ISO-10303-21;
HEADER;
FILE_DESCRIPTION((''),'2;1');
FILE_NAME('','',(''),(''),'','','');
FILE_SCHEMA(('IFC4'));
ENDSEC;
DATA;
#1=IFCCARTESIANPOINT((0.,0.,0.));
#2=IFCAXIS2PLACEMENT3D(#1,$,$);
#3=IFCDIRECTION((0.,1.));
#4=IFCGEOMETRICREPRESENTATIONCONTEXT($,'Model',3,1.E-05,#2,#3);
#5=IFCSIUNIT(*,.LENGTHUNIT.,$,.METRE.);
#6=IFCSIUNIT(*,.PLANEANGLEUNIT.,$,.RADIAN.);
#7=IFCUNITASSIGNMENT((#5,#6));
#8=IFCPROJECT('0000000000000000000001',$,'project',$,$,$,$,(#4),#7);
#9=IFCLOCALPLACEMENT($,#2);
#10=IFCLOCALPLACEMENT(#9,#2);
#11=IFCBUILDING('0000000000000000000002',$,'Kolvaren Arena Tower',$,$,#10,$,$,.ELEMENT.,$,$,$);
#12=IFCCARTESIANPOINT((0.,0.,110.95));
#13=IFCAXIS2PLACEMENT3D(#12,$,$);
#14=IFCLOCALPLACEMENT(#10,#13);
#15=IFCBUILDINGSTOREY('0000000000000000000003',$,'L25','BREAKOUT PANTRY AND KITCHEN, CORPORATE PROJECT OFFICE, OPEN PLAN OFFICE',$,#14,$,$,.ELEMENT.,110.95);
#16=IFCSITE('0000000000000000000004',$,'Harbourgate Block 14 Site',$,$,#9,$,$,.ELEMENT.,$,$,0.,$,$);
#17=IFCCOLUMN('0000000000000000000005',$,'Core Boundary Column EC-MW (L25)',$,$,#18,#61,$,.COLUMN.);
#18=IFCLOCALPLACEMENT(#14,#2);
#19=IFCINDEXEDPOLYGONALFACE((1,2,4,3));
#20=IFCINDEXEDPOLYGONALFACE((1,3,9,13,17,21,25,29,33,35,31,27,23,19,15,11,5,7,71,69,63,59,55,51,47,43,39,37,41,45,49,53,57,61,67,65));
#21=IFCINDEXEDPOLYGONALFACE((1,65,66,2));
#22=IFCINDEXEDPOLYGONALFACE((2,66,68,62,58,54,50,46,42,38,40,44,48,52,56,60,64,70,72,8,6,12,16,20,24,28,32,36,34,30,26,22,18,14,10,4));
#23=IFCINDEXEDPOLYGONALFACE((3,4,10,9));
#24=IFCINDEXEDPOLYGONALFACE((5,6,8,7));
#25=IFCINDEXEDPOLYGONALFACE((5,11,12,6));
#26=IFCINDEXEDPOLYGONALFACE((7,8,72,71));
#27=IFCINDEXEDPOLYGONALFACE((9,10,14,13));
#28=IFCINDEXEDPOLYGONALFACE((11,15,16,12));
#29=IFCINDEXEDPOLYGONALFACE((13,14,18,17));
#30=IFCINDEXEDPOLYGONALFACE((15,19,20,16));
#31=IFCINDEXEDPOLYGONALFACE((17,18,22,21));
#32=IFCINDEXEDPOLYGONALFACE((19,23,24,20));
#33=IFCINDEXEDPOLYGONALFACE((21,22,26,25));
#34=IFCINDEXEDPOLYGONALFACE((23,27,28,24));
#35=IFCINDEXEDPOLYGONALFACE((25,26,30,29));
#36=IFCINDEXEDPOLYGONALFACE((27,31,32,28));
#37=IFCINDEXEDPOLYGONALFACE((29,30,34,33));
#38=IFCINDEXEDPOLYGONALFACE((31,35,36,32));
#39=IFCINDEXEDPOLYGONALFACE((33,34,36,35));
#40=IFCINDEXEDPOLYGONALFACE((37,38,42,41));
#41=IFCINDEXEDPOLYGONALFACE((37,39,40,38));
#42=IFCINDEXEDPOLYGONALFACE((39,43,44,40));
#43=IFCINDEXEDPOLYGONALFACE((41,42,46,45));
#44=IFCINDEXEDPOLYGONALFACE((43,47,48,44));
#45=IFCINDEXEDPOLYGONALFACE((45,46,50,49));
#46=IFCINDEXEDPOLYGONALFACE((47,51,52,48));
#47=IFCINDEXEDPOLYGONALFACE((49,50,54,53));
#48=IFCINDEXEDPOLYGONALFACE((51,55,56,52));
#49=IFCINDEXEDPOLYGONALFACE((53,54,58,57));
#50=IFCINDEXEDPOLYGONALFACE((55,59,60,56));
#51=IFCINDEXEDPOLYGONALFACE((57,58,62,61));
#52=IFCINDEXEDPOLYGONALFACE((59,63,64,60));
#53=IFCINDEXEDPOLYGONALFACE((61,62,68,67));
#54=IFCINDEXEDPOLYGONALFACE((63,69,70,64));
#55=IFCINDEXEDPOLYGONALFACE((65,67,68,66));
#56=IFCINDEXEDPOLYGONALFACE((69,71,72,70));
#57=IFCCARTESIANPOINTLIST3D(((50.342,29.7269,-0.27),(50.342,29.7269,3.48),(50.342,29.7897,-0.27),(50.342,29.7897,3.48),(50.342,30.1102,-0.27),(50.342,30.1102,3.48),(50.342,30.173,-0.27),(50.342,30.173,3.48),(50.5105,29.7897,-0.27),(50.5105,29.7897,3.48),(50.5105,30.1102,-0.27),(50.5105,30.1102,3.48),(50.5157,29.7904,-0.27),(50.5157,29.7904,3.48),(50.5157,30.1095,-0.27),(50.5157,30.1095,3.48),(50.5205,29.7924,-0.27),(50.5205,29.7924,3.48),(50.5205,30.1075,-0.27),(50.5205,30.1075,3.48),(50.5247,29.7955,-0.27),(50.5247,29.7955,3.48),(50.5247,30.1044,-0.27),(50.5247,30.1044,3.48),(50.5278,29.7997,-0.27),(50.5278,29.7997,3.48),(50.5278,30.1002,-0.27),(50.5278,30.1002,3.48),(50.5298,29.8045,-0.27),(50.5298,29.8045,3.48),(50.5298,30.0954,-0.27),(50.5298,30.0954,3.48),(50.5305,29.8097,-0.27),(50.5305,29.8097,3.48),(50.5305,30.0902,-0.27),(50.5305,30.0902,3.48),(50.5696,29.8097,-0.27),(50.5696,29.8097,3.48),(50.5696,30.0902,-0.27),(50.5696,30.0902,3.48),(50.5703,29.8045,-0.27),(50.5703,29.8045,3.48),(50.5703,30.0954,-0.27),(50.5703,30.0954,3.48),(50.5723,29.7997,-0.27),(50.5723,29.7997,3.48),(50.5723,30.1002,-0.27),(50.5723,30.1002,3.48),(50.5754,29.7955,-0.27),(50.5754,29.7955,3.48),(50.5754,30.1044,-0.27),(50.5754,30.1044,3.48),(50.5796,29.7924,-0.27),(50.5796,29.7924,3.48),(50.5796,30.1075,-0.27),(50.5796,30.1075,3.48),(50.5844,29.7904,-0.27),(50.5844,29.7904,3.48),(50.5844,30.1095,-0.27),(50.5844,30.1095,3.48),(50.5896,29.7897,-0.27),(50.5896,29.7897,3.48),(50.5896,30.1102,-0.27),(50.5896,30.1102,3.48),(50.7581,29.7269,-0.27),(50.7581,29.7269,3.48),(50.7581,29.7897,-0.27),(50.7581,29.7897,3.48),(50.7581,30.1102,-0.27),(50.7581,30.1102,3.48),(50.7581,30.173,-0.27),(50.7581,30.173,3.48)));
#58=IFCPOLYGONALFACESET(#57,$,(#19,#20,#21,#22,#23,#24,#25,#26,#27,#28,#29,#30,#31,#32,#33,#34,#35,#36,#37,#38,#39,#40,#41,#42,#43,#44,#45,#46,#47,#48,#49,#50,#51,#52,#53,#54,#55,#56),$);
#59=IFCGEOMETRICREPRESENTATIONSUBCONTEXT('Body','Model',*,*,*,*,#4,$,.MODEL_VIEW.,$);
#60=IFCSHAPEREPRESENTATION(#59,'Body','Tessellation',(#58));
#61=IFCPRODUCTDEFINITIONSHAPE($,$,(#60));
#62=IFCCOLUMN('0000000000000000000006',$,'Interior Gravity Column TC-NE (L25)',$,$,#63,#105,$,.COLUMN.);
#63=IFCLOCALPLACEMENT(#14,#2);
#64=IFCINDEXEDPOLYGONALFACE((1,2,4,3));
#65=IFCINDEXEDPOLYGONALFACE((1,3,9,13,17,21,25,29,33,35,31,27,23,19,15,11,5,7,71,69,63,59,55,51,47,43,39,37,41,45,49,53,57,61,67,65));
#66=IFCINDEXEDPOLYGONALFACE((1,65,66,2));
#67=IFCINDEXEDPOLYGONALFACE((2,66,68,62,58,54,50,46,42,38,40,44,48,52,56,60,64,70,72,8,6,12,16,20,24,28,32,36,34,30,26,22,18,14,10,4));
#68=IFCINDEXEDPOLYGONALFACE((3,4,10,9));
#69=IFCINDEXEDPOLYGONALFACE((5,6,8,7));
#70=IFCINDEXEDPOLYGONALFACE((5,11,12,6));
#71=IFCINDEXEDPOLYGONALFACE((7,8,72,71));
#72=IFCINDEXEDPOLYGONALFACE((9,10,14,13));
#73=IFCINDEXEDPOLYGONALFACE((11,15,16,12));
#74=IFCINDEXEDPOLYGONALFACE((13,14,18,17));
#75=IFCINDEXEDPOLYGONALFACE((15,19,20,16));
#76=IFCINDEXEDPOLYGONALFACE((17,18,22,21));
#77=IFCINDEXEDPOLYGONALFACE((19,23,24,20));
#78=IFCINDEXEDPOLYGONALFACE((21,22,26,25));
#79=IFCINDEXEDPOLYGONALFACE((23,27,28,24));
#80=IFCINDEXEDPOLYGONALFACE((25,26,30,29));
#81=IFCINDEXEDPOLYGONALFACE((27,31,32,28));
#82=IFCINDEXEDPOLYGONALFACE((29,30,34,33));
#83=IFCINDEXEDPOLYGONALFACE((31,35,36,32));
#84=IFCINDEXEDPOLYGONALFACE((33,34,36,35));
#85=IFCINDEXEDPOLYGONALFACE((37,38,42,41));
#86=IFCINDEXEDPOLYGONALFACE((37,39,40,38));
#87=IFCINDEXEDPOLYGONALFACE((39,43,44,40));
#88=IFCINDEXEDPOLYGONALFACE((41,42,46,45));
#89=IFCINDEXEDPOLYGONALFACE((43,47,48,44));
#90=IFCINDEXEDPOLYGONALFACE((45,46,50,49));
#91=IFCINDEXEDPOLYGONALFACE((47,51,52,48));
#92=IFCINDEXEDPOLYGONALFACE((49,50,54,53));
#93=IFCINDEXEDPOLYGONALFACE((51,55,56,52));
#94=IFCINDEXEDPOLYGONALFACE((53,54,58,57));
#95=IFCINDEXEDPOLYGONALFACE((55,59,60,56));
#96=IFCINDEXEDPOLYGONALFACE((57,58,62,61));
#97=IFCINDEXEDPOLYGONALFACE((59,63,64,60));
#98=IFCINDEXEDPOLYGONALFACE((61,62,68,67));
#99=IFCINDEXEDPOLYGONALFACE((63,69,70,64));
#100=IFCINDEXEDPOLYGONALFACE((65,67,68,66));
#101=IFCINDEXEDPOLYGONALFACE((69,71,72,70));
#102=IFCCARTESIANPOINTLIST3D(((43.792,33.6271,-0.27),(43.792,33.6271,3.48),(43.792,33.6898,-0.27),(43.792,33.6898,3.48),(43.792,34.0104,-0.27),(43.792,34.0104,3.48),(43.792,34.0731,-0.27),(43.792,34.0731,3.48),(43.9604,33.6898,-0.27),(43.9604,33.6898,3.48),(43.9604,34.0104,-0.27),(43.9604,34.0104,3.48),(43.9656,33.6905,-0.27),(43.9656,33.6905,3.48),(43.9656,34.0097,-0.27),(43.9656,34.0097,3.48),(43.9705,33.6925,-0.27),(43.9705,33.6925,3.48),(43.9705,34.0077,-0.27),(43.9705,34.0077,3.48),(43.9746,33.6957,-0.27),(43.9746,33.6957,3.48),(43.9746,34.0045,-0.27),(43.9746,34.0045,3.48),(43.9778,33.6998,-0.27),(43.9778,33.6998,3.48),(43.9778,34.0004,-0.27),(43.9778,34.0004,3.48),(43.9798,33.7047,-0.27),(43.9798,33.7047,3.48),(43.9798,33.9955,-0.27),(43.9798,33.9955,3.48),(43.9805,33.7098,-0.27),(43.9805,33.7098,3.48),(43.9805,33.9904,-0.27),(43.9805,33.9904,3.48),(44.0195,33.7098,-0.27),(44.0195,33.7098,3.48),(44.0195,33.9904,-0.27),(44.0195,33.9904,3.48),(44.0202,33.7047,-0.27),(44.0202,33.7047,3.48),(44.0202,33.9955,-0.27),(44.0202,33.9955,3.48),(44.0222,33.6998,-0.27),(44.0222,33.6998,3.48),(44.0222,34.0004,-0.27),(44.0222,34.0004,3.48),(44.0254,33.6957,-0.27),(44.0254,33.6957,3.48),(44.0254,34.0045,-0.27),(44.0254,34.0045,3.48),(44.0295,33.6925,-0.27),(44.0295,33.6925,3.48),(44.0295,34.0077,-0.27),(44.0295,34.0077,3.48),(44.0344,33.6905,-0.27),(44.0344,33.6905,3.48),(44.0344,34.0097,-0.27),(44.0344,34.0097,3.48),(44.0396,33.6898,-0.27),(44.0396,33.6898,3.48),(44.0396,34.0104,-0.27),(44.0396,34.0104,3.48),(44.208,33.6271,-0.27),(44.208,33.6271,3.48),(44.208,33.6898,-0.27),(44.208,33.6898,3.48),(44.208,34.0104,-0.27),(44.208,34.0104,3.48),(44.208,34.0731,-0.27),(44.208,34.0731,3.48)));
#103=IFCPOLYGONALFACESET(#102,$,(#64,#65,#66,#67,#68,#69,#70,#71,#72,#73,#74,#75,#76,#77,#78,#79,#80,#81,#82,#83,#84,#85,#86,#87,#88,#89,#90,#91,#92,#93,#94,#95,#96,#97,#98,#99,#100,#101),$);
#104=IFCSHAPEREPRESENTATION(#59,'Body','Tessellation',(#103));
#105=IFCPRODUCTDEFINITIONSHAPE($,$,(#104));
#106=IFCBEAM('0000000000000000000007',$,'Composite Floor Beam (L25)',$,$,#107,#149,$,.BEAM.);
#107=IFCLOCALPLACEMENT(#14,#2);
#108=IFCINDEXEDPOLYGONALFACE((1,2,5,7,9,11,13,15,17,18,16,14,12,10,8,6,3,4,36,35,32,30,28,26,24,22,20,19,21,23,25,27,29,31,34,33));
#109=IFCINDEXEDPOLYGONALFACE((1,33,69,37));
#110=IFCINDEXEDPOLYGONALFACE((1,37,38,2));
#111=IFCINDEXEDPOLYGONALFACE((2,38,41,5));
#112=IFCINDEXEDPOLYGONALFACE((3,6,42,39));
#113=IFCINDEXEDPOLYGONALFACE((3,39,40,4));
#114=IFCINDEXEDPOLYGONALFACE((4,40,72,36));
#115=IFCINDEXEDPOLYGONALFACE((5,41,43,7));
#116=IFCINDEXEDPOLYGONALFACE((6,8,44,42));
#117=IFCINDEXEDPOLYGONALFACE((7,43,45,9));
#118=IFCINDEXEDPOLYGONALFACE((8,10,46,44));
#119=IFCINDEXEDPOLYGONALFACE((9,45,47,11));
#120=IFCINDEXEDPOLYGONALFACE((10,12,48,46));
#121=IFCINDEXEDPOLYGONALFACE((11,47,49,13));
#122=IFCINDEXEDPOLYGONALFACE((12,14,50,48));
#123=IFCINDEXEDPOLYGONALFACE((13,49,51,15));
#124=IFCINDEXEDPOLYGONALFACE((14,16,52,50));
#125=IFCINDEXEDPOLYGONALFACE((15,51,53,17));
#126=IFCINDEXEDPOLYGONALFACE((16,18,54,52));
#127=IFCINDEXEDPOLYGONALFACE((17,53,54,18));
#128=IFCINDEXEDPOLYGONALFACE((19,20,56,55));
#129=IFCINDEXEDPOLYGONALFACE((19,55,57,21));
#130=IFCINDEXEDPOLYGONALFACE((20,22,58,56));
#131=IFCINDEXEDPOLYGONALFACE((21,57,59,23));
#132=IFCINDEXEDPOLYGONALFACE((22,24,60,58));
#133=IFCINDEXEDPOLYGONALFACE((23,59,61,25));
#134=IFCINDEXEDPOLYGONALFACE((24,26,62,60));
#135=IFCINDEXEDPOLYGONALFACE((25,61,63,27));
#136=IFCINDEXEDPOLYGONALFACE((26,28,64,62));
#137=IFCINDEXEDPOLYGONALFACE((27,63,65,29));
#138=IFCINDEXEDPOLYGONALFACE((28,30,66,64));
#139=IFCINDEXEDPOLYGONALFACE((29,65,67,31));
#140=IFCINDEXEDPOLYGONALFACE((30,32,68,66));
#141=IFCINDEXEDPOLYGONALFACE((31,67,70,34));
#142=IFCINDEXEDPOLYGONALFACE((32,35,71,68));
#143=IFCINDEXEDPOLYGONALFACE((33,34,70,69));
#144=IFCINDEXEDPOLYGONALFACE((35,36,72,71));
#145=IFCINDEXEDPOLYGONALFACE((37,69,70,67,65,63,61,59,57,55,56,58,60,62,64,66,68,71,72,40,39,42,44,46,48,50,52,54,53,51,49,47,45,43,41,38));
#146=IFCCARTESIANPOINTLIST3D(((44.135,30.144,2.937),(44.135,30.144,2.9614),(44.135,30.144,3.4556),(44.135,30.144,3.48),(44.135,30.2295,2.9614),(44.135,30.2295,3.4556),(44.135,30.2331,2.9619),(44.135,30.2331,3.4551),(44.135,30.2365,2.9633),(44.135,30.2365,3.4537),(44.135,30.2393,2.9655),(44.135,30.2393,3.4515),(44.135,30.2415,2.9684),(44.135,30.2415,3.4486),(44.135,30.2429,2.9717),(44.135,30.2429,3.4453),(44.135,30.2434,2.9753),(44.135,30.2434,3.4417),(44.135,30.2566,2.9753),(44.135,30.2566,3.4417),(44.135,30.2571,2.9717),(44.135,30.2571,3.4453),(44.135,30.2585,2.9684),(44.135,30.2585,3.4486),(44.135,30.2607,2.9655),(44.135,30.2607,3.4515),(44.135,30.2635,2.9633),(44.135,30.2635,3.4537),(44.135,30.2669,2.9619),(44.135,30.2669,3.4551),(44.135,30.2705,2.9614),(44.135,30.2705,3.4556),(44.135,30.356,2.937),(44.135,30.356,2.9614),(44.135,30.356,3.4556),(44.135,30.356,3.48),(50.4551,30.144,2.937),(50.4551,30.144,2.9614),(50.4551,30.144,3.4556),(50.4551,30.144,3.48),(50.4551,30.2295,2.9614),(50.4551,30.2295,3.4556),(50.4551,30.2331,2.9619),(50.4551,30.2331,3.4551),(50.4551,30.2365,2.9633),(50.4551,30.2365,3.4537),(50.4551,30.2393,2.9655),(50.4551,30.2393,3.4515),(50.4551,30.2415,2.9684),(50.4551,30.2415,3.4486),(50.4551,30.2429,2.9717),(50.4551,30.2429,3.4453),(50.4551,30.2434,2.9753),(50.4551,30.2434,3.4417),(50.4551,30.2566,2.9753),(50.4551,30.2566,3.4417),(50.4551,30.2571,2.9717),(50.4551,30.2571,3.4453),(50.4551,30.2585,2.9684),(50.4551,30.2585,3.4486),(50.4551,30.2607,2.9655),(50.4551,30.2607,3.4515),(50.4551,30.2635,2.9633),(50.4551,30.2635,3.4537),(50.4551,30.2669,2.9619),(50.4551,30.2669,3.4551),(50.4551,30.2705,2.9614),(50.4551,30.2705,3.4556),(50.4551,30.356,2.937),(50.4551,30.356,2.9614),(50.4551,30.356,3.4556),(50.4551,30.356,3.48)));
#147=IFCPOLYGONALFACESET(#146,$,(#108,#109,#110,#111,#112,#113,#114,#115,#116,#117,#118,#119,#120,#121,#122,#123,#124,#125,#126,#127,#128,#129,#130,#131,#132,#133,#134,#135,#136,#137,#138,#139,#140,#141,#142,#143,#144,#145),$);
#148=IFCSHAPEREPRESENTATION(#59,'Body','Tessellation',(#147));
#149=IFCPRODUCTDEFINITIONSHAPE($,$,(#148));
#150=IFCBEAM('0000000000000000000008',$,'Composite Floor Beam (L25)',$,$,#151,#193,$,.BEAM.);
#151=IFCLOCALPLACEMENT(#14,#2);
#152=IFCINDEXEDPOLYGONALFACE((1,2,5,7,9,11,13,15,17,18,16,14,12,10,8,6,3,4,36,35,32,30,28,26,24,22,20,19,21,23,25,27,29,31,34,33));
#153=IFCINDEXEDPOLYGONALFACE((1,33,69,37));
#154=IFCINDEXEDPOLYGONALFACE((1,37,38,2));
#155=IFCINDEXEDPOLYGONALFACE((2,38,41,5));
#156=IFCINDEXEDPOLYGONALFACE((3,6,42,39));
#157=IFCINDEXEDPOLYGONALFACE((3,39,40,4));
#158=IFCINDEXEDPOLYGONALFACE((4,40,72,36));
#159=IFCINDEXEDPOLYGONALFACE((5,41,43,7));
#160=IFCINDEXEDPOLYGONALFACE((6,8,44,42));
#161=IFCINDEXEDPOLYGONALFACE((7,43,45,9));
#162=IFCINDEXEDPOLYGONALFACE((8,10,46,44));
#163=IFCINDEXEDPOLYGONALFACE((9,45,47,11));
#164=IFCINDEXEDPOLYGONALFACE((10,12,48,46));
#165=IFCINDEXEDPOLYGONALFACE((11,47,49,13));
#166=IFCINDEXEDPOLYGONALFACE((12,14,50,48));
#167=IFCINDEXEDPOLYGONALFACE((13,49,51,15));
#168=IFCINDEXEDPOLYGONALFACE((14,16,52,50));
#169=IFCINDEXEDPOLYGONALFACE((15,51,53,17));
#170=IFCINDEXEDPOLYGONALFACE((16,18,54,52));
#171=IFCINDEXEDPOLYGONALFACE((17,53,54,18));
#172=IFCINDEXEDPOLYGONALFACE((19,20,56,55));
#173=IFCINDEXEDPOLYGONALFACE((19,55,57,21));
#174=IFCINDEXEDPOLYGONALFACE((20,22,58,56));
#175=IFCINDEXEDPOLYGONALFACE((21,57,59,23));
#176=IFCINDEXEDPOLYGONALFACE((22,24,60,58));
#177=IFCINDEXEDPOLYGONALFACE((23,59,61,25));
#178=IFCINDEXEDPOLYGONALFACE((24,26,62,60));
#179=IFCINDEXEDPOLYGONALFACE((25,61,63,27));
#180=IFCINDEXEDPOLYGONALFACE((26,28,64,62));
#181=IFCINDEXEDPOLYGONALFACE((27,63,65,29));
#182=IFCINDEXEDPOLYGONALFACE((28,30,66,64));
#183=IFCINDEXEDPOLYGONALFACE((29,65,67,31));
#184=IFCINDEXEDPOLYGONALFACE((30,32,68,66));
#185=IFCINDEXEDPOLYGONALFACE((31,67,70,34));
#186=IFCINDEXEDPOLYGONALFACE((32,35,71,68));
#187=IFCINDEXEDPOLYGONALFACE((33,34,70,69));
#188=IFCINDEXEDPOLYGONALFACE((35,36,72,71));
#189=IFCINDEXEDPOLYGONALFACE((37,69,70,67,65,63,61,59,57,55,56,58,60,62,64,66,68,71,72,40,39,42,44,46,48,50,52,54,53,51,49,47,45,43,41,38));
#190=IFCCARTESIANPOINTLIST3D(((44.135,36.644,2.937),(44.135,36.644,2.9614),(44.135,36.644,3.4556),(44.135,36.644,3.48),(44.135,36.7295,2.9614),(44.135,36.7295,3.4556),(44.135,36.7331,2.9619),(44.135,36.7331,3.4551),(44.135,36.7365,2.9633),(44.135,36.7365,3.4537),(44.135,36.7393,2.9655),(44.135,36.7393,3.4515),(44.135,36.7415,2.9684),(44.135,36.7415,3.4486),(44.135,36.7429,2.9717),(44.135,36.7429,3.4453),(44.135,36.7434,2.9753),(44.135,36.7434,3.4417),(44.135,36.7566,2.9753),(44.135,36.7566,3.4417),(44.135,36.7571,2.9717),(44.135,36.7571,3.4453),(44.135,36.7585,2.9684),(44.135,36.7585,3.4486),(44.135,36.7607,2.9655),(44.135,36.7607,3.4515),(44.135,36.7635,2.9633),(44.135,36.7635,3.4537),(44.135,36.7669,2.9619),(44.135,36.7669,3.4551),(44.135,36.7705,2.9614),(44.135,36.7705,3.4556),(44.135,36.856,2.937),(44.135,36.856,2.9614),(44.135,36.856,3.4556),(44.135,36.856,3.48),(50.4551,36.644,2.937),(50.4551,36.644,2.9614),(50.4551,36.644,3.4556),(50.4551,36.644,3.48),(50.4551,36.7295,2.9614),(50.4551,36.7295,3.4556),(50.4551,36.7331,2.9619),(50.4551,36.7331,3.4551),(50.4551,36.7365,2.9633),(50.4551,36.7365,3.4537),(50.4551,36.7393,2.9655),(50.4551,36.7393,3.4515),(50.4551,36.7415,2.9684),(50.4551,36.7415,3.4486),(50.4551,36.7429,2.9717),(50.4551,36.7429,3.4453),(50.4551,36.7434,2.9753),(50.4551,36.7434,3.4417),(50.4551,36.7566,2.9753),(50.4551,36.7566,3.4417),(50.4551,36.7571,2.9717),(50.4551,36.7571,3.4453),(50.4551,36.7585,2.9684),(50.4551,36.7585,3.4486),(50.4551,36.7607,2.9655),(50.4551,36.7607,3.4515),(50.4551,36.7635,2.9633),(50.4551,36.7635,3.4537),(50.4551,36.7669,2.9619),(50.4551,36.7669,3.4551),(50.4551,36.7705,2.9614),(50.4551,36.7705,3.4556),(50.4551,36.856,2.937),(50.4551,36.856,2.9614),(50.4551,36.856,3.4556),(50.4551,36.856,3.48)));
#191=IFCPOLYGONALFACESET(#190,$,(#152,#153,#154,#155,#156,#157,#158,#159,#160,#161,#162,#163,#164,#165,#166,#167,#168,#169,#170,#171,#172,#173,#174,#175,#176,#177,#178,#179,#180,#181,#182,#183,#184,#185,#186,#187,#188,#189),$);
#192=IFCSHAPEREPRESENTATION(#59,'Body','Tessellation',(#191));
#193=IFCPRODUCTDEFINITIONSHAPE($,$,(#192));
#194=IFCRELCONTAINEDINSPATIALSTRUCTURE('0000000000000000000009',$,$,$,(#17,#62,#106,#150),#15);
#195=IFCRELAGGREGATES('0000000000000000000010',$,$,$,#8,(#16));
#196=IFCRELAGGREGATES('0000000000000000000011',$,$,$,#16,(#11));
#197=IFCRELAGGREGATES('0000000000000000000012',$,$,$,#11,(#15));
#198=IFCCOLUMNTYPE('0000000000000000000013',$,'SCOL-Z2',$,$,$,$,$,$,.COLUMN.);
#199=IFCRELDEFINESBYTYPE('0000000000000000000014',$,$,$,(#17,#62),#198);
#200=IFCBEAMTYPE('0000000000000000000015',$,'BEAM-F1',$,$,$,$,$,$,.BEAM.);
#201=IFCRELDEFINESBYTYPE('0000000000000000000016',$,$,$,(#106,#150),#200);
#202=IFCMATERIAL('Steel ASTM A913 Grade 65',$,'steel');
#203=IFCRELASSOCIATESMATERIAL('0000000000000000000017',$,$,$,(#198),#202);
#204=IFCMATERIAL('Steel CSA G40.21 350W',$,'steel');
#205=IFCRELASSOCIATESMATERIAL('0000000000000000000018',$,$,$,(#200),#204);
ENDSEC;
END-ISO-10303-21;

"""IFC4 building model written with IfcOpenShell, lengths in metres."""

from ifc_helpers import new_model, si_unit, direction, frame, origin, origin_2d, place, context, subcontext, project, spatial, i_section, extrude, material, material_profile, profile_set, type_object, element, save


model = new_model("IFC4")

# Units and contexts
model_context = context("Model", 3, precision=1e-05, world=origin(), true_north=direction((0.0, 1.0)))
body_context = subcontext(model_context, "Body", "Model", "MODEL_VIEW")
ifc_project = project(units=[si_unit("LENGTHUNIT", "METRE"), si_unit("PLANEANGLEUNIT", "RADIAN")], contexts=[model_context])

# Site, building, storey
site_placement = place(None, origin())
site = spatial("IfcSite", under=ifc_project, at=site_placement, Name="Harbourgate Block 14 Site", CompositionType="ELEMENT", RefElevation=0.0)
building_placement = place(site_placement, origin())
building = spatial("IfcBuilding", under=site, at=building_placement, Name="Kolvaren Arena Tower", CompositionType="ELEMENT")
storey_placement = place(building_placement, frame((0.0, 0.0, 110.95)))
storey = spatial("IfcBuildingStorey", under=building, at=storey_placement, Name="L25", Description="BREAKOUT PANTRY AND KITCHEN, CORPORATE PROJECT OFFICE, OPEN PLAN OFFICE", CompositionType="ELEMENT", Elevation=110.95)

# Columns
ifc_material_1 = material(Name="Steel ASTM A913 Grade 65", Category="steel")
ifc_material_profile_1 = material_profile(ifc_material_1, i_section(OverallWidth=0.416, OverallDepth=0.446, WebThickness=0.0391, FlangeThickness=0.0627, FilletRadius=0.02, at=origin_2d()), Name="W360x509")
ifc_profile_set_1 = profile_set([ifc_material_profile_1], Name="Steel ASTM A913 Grade 65")
column_type = type_object("IfcColumnType", Name="SCOL-Z2", PredefinedType="COLUMN", material=ifc_profile_set_1)
for number, where, z_axis, x_axis, name in (
    (1, (50.55, 29.95, -0.27), (0.0, 0.0, 1.0), (1.0, 0.0, 0.0), "Core Boundary Column EC-MW (L25)"),
    (2, (44.0, 33.8501, -0.27), (0.0, 0.0, 1.0), (1.0, 0.0, 0.0), "Interior Gravity Column TC-NE (L25)"),
):
    element("IfcColumn", number, at=place(storey_placement, frame(where, z_axis=z_axis, x_axis=x_axis)), inside=storey, type_object=column_type, Name=name, PredefinedType="COLUMN", context=body_context, shape_type="SweptSolid", body=[
        extrude(i_section(OverallWidth=0.416, OverallDepth=0.446, WebThickness=0.0391, FlangeThickness=0.0627, FilletRadius=0.02, at=origin_2d()), origin(), (0.0, 0.0, 1.0), 3.75),
    ])

# Beams
ifc_material_2 = material(Name="Steel CSA G40.21 350W", Category="steel")
ifc_material_profile_2 = material_profile(ifc_material_2, i_section(OverallWidth=0.2119, OverallDepth=0.543, WebThickness=0.0132, FlangeThickness=0.0244, FilletRadius=0.0139, at=origin_2d()), Name="W530x150")
ifc_profile_set_2 = profile_set([ifc_material_profile_2], Name="Steel CSA G40.21 350W")
beam_type_1 = type_object("IfcBeamType", Name="BEAM-F1", PredefinedType="BEAM", material=ifc_profile_set_2)
for number, where, z_axis, x_axis, name in (
    (3, (44.135, 30.25, 3.2085), (1.0, 0.0, 0.0), (0.0, 1.0, 0.0), "Composite Floor Beam (L25)"),
    (4, (44.135, 36.75, 3.2085), (1.0, 0.0, 0.0), (0.0, 1.0, 0.0), "Composite Floor Beam (L25)"),
):
    element("IfcBeam", number, at=place(storey_placement, frame(where, z_axis=z_axis, x_axis=x_axis)), inside=storey, type_object=beam_type_1, Name=name, PredefinedType="BEAM", context=body_context, shape_type="SweptSolid", body=[
        extrude(i_section(OverallWidth=0.2119, OverallDepth=0.543, WebThickness=0.0132, FlangeThickness=0.0244, FilletRadius=0.0139, at=origin_2d()), origin(), (0.0, 0.0, 1.0), 6.3201),
    ])

save(model, "model.ifc")
